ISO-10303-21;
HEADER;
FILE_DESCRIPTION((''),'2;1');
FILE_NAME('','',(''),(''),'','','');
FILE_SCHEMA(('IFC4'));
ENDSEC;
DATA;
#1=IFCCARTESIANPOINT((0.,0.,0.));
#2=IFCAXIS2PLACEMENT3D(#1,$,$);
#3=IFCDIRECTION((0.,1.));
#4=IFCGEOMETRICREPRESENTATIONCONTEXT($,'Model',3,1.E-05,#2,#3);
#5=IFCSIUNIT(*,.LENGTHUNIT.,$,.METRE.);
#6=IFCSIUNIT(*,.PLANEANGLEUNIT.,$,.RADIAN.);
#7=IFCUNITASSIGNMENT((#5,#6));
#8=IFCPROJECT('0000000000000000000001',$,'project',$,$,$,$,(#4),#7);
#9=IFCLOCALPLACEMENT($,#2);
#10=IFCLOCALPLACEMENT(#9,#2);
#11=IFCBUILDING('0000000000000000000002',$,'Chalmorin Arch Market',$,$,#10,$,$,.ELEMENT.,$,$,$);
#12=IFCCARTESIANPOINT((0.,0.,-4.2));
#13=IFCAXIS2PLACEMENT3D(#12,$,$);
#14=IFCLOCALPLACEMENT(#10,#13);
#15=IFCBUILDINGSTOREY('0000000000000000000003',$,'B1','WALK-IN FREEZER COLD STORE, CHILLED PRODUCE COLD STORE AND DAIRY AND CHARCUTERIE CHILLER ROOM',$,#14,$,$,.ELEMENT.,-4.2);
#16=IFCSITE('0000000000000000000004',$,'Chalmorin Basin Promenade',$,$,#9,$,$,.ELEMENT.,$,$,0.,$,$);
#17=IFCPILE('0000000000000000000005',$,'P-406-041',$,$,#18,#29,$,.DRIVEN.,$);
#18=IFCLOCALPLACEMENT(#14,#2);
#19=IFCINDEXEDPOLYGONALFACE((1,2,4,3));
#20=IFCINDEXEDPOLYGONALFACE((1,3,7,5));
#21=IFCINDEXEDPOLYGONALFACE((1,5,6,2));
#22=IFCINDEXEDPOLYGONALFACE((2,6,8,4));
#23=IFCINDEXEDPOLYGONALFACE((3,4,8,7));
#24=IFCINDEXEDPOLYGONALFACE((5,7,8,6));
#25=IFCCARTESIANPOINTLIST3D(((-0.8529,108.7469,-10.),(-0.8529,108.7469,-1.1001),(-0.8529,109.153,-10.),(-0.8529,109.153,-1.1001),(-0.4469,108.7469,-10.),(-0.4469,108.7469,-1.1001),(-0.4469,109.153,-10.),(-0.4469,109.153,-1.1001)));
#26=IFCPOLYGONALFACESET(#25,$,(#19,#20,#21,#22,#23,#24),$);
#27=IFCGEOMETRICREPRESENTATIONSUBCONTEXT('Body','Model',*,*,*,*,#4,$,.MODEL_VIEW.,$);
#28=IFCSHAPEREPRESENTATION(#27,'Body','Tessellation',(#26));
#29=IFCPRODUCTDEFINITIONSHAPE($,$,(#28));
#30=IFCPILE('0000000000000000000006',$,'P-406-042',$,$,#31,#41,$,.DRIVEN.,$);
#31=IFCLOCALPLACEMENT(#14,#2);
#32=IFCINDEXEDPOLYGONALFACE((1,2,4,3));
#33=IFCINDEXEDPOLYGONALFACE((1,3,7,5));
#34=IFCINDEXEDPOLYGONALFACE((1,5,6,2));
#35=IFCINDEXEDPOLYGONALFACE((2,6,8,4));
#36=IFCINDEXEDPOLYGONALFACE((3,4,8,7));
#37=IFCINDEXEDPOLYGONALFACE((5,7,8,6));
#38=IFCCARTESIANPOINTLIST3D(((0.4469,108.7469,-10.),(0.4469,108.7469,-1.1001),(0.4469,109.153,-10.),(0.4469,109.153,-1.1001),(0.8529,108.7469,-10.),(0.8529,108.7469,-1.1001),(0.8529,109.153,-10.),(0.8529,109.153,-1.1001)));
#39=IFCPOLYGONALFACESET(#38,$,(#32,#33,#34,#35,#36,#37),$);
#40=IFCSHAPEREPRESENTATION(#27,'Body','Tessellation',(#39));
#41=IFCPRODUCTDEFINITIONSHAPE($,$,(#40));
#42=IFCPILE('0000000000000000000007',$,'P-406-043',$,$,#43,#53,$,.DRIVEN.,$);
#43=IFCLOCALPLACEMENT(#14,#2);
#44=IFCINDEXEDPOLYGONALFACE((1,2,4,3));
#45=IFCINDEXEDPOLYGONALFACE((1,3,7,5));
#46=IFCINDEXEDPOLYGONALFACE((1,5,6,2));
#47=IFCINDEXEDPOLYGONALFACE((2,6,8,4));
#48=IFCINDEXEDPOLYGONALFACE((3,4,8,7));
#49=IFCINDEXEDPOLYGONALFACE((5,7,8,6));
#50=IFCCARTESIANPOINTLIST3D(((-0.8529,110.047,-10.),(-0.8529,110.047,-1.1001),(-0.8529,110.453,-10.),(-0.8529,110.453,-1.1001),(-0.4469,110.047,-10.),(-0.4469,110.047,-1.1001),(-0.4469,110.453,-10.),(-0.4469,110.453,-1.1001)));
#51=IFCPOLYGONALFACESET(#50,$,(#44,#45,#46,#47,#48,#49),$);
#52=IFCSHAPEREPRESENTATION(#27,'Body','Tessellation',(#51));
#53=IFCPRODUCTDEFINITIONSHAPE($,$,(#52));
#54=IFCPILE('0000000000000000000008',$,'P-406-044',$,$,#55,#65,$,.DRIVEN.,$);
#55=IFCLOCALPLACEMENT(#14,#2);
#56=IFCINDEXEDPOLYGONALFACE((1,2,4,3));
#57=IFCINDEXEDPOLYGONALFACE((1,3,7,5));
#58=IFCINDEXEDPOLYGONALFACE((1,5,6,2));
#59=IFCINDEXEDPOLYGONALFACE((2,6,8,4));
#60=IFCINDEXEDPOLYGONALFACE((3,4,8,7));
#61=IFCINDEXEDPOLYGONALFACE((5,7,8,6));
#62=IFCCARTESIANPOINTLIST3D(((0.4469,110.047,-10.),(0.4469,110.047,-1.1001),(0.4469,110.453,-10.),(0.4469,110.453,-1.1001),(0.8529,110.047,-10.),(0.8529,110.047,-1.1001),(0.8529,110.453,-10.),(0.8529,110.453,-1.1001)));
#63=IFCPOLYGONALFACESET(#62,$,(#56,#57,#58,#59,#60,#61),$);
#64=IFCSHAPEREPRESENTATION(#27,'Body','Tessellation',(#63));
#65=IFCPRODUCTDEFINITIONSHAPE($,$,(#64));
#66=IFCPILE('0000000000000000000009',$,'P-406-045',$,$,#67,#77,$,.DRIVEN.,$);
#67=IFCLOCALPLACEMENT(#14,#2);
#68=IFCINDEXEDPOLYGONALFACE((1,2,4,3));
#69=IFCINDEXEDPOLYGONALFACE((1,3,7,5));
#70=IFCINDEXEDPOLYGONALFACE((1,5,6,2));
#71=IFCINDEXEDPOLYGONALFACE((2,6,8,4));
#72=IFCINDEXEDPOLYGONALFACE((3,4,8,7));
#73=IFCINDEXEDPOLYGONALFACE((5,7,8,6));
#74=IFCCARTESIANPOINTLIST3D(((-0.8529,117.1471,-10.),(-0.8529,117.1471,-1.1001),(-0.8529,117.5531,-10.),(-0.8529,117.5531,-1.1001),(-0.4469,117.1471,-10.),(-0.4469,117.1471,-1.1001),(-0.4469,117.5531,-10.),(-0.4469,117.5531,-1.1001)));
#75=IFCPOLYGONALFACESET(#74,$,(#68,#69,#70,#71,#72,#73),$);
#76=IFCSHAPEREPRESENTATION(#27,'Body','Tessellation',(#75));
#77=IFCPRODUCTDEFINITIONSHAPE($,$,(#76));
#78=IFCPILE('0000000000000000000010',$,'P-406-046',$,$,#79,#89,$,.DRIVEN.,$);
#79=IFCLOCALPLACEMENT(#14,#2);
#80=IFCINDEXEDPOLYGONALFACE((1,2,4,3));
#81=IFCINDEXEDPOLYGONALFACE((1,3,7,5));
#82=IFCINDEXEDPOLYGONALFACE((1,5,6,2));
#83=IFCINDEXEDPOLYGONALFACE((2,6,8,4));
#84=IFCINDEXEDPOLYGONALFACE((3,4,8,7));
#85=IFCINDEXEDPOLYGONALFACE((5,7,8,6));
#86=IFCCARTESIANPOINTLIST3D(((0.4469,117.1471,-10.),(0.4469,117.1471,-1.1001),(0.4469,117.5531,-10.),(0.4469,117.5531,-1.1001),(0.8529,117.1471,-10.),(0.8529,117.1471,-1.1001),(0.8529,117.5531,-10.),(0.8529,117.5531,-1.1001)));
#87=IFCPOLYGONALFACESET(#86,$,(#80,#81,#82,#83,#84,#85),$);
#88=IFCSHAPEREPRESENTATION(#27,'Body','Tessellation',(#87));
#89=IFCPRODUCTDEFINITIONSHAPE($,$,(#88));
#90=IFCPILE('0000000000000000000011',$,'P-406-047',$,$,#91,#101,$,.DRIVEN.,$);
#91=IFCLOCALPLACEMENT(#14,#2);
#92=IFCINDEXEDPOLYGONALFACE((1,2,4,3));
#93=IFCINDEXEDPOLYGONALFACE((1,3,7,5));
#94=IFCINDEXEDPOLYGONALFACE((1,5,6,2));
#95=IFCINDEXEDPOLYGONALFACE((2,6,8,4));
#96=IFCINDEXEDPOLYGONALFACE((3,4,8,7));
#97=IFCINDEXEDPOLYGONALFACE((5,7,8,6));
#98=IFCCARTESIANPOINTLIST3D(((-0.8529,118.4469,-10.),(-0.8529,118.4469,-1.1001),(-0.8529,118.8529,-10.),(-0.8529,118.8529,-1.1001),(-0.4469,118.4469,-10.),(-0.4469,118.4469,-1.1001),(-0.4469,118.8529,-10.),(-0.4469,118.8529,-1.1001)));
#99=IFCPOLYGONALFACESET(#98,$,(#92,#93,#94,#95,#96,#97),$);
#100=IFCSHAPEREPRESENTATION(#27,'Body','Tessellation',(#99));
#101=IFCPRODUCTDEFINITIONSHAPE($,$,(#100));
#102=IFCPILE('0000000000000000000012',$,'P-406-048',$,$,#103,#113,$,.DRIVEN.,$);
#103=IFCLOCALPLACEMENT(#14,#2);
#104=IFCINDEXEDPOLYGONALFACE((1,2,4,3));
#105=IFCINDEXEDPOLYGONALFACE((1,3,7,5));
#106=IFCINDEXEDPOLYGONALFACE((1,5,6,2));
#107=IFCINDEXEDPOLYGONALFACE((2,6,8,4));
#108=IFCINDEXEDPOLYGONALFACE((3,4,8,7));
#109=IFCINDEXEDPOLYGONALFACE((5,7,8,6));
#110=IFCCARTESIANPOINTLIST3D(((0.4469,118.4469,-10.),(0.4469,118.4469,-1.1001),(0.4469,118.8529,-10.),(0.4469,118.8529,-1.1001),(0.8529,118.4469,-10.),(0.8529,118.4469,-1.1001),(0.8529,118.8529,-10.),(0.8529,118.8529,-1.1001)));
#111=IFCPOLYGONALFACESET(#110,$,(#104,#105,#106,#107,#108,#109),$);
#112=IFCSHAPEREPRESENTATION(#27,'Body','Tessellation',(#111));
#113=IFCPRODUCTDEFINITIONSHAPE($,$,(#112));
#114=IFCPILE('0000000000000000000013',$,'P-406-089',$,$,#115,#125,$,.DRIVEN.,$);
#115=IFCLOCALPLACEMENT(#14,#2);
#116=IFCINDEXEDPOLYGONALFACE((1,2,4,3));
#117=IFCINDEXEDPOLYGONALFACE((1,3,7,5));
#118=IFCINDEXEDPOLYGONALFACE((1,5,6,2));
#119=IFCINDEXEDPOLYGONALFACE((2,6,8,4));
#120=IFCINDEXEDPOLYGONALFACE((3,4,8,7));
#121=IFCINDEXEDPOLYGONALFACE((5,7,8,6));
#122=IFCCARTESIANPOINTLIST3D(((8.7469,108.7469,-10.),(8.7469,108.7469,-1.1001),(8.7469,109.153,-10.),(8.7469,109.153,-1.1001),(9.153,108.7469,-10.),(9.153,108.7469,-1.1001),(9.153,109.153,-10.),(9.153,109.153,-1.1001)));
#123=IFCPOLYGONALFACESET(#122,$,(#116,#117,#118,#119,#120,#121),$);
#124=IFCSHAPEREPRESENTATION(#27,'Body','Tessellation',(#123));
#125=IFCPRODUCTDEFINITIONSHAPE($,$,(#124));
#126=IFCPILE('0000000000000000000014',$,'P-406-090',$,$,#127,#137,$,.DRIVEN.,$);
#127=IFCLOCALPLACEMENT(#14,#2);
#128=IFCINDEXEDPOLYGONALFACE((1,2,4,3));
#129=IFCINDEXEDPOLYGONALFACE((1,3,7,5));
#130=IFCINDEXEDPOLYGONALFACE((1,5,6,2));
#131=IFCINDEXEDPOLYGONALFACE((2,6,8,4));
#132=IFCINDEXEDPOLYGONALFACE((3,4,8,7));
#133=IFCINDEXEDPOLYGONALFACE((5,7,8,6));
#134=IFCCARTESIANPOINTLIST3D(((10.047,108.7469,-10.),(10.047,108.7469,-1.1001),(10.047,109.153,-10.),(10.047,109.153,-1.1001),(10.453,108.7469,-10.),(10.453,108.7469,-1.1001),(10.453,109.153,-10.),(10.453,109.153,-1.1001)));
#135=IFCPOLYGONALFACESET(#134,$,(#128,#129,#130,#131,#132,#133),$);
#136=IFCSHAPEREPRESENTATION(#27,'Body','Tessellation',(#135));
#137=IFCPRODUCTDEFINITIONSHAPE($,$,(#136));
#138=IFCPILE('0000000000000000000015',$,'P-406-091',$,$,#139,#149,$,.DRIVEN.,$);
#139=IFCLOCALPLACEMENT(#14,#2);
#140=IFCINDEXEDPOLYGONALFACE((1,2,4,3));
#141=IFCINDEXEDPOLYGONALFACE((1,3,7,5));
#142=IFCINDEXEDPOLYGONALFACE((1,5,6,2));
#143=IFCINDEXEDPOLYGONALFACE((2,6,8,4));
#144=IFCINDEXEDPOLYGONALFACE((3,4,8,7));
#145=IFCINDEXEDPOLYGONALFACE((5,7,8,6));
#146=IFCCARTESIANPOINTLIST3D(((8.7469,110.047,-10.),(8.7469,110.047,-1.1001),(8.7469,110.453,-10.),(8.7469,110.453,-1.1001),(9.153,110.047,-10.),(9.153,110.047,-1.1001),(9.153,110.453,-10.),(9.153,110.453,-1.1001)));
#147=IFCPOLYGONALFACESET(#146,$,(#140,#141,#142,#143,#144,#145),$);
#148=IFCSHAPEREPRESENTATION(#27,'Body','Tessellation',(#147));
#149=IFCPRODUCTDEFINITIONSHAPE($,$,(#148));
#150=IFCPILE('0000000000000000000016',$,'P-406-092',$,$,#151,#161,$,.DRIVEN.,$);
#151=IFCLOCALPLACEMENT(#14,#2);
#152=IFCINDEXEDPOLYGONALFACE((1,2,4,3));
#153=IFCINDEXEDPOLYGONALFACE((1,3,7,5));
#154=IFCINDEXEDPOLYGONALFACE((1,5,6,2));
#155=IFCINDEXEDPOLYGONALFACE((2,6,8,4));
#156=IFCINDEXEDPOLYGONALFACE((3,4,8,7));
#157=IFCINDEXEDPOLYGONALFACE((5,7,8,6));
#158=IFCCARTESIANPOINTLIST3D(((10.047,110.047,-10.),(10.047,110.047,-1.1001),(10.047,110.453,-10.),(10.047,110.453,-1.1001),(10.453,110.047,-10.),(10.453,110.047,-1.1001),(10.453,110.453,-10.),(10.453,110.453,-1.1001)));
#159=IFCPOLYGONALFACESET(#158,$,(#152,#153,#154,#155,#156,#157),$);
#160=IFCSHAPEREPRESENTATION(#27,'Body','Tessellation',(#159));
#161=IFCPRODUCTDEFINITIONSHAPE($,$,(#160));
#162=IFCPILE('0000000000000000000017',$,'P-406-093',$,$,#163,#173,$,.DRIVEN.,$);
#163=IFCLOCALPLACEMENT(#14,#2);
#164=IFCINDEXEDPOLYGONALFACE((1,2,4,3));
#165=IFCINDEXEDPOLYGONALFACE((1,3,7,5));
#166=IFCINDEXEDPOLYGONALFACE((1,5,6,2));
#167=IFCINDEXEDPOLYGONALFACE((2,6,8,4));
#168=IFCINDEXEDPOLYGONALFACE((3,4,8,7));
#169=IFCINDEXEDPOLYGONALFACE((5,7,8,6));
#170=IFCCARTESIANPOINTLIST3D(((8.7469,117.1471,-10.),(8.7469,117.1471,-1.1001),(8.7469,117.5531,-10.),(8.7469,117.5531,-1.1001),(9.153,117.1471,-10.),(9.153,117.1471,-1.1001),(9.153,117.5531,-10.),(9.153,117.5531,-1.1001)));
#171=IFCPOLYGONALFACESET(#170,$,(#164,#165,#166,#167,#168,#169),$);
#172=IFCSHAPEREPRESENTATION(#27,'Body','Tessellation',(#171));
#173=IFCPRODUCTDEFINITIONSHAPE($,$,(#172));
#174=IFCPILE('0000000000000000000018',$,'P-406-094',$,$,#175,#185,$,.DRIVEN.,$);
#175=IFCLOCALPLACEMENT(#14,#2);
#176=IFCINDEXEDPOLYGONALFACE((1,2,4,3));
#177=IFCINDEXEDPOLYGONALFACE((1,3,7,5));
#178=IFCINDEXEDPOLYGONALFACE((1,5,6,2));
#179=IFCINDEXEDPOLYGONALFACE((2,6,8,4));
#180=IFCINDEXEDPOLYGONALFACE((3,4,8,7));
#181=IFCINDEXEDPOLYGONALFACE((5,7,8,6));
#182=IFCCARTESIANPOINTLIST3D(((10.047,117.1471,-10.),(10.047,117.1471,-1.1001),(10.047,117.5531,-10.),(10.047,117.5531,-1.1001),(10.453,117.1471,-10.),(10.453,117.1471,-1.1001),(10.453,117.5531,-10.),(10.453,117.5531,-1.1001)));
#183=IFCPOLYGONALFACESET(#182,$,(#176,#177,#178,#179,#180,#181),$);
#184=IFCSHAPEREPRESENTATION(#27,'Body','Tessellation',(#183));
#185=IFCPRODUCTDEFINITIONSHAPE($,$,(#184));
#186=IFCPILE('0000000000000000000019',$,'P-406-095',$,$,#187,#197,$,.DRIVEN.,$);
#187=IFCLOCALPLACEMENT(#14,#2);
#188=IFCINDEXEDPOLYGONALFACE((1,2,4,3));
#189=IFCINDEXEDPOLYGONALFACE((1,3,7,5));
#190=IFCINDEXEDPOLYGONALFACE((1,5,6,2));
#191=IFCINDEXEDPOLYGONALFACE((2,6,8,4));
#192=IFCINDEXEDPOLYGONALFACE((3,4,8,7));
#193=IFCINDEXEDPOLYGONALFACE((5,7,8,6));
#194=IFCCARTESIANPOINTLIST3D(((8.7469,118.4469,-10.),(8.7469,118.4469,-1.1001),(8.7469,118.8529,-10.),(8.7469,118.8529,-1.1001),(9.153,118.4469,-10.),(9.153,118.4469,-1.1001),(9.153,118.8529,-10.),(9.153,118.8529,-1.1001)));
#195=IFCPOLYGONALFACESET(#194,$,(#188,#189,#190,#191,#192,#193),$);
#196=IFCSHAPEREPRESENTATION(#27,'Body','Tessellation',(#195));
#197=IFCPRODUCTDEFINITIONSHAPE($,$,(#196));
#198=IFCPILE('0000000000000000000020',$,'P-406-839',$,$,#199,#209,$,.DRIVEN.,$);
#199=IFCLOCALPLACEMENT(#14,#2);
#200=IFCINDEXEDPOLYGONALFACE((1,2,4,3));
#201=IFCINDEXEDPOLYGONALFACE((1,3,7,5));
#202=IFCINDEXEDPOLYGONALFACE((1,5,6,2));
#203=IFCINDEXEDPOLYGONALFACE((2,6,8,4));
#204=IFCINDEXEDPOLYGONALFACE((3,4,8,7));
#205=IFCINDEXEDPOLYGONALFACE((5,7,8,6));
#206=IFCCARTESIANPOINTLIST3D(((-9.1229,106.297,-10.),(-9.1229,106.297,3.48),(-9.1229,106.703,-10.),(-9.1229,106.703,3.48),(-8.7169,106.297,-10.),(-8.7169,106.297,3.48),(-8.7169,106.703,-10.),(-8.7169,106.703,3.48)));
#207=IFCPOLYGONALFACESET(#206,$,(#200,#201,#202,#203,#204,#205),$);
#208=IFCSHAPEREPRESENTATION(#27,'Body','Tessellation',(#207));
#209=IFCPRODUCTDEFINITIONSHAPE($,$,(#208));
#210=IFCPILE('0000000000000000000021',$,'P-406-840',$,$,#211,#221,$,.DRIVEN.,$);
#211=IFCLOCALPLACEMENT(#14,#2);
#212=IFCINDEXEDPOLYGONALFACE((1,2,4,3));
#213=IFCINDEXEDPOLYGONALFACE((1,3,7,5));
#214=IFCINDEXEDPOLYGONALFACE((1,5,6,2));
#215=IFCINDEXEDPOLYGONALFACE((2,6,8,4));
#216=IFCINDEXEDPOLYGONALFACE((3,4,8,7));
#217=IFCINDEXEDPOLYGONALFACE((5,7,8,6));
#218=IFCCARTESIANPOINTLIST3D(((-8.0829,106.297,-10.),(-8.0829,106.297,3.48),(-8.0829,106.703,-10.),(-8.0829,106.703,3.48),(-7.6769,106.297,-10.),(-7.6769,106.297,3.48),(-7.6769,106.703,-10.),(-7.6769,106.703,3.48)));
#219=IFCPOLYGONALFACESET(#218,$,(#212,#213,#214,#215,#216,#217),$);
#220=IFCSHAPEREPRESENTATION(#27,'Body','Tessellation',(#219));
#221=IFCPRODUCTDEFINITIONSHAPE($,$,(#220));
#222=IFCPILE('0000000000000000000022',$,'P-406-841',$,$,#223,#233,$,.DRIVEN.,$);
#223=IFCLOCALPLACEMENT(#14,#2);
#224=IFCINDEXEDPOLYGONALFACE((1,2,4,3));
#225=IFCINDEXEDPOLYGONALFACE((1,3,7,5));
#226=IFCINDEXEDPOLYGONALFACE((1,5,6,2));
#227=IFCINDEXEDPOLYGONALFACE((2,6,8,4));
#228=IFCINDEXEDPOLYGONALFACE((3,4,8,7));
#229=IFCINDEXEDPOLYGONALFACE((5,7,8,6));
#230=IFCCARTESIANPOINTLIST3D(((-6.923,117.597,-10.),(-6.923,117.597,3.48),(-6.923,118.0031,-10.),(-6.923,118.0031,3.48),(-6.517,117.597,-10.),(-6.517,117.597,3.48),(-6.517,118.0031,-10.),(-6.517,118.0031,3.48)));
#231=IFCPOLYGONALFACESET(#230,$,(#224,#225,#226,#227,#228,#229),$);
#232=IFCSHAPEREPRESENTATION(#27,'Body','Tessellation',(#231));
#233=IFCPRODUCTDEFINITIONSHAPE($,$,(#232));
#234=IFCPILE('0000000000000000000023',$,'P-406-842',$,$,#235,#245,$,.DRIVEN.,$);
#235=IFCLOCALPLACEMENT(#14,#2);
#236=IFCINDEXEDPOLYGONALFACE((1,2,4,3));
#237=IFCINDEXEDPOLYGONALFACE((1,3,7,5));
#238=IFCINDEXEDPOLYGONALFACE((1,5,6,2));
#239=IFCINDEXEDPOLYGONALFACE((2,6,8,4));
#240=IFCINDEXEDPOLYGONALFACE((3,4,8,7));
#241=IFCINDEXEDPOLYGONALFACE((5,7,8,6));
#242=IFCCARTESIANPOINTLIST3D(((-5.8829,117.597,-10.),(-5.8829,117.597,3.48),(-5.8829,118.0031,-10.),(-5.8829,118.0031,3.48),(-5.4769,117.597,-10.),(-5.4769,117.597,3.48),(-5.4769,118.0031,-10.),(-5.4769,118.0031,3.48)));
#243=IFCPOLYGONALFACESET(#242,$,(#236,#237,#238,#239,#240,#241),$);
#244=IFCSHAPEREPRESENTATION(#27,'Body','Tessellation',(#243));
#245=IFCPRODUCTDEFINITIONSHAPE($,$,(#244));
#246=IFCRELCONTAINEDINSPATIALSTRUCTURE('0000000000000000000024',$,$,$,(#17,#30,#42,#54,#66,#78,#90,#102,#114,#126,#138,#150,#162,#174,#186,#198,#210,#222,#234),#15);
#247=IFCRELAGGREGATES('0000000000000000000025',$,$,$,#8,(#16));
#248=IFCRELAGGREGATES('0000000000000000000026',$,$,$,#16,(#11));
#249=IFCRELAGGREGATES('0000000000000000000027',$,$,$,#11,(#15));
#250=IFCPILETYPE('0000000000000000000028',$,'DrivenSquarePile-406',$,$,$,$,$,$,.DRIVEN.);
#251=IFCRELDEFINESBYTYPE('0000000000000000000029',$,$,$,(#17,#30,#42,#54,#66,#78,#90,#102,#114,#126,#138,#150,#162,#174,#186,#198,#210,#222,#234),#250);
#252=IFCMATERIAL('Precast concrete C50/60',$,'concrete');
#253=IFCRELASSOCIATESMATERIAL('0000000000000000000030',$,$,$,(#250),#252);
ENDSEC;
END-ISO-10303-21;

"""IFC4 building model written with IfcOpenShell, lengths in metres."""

from ifc_helpers import new_model, si_unit, direction, frame, origin, origin_2d, place, context, subcontext, project, spatial, rectangle, extrude, material, material_profile, profile_set, type_object, element, save


model = new_model("IFC4")

# Units and contexts
model_context = context("Model", 3, precision=1e-05, world=origin(), true_north=direction((0.0, 1.0)))
body_context = subcontext(model_context, "Body", "Model", "MODEL_VIEW")
ifc_project = project(units=[si_unit("LENGTHUNIT", "METRE"), si_unit("PLANEANGLEUNIT", "RADIAN")], contexts=[model_context])

# Site, building, storey
site_placement = place(None, origin())
site = spatial("IfcSite", under=ifc_project, at=site_placement, Name="Chalmorin Basin Promenade", CompositionType="ELEMENT", RefElevation=0.0)
building_placement = place(site_placement, origin())
building = spatial("IfcBuilding", under=site, at=building_placement, Name="Chalmorin Arch Market", CompositionType="ELEMENT")
storey_placement = place(building_placement, frame((0.0, 0.0, -4.2)))
storey = spatial("IfcBuildingStorey", under=building, at=storey_placement, Name="B1", Description="WALK-IN FREEZER COLD STORE, CHILLED PRODUCE COLD STORE AND DAIRY AND CHARCUTERIE CHILLER ROOM", CompositionType="ELEMENT", Elevation=-4.2)

# Piles
ifc_material_1 = material(Name="Precast concrete C50/60", Category="concrete")
ifc_material_profile_1 = material_profile(ifc_material_1, rectangle(XDim=0.406, YDim=0.406, at=origin_2d()), Name="PPC406")
ifc_profile_set_1 = profile_set([ifc_material_profile_1], Name="Precast concrete C50/60")
pile_type = type_object("IfcPileType", Name="DrivenSquarePile-406", PredefinedType="DRIVEN", material=ifc_profile_set_1)
for number, where, z_axis, x_axis, name in (
    (1, (-0.6499, 108.95, -1.1001), (0.0, 0.0, -1.0), (1.0, 0.0, 0.0), "P-406-041"),
    (2, (0.6499, 108.95, -1.1001), (0.0, 0.0, -1.0), (1.0, 0.0, 0.0), "P-406-042"),
    (3, (-0.6499, 110.25, -1.1001), (0.0, 0.0, -1.0), (1.0, 0.0, 0.0), "P-406-043"),
    (4, (0.6499, 110.25, -1.1001), (0.0, 0.0, -1.0), (1.0, 0.0, 0.0), "P-406-044"),
    (5, (-0.6499, 117.3501, -1.1001), (0.0, 0.0, -1.0), (1.0, 0.0, 0.0), "P-406-045"),
    (6, (0.6499, 117.3501, -1.1001), (0.0, 0.0, -1.0), (1.0, 0.0, 0.0), "P-406-046"),
    (7, (-0.6499, 118.6499, -1.1001), (0.0, 0.0, -1.0), (1.0, 0.0, 0.0), "P-406-047"),
    (8, (0.6499, 118.6499, -1.1001), (0.0, 0.0, -1.0), (1.0, 0.0, 0.0), "P-406-048"),
    (9, (8.95, 108.95, -1.1001), (0.0, 0.0, -1.0), (1.0, 0.0, 0.0), "P-406-089"),
    (10, (10.25, 108.95, -1.1001), (0.0, 0.0, -1.0), (1.0, 0.0, 0.0), "P-406-090"),
    (11, (8.95, 110.25, -1.1001), (0.0, 0.0, -1.0), (1.0, 0.0, 0.0), "P-406-091"),
    (12, (10.25, 110.25, -1.1001), (0.0, 0.0, -1.0), (1.0, 0.0, 0.0), "P-406-092"),
    (13, (8.95, 117.3501, -1.1001), (0.0, 0.0, -1.0), (1.0, 0.0, 0.0), "P-406-093"),
    (14, (10.25, 117.3501, -1.1001), (0.0, 0.0, -1.0), (1.0, 0.0, 0.0), "P-406-094"),
    (15, (8.95, 118.6499, -1.1001), (0.0, 0.0, -1.0), (1.0, 0.0, 0.0), "P-406-095"),
):
    element("IfcPile", number, at=place(storey_placement, frame(where, z_axis=z_axis, x_axis=x_axis)), inside=storey, type_object=pile_type, Name=name, PredefinedType="DRIVEN", context=body_context, shape_type="SweptSolid", body=[
        extrude(rectangle(XDim=0.406, YDim=0.406, at=origin_2d()), origin(), (0.0, 0.0, 1.0), 8.8999),
    ])
for number, where, z_axis, x_axis, name in (
    (16, (-8.9199, 106.5, 3.48), (0.0, 0.0, -1.0), (1.0, 0.0, 0.0), "P-406-839"),
    (17, (-7.8799, 106.5, 3.48), (0.0, 0.0, -1.0), (1.0, 0.0, 0.0), "P-406-840"),
    (18, (-6.72, 117.8, 3.48), (0.0, 0.0, -1.0), (1.0, 0.0, 0.0), "P-406-841"),
    (19, (-5.6799, 117.8, 3.48), (0.0, 0.0, -1.0), (1.0, 0.0, 0.0), "P-406-842"),
):
    element("IfcPile", number, at=place(storey_placement, frame(where, z_axis=z_axis, x_axis=x_axis)), inside=storey, type_object=pile_type, Name=name, PredefinedType="DRIVEN", context=body_context, shape_type="SweptSolid", body=[
        extrude(rectangle(XDim=0.406, YDim=0.406, at=origin_2d()), origin(), (0.0, 0.0, 1.0), 13.48),
    ])

save(model, "model.ifc")
